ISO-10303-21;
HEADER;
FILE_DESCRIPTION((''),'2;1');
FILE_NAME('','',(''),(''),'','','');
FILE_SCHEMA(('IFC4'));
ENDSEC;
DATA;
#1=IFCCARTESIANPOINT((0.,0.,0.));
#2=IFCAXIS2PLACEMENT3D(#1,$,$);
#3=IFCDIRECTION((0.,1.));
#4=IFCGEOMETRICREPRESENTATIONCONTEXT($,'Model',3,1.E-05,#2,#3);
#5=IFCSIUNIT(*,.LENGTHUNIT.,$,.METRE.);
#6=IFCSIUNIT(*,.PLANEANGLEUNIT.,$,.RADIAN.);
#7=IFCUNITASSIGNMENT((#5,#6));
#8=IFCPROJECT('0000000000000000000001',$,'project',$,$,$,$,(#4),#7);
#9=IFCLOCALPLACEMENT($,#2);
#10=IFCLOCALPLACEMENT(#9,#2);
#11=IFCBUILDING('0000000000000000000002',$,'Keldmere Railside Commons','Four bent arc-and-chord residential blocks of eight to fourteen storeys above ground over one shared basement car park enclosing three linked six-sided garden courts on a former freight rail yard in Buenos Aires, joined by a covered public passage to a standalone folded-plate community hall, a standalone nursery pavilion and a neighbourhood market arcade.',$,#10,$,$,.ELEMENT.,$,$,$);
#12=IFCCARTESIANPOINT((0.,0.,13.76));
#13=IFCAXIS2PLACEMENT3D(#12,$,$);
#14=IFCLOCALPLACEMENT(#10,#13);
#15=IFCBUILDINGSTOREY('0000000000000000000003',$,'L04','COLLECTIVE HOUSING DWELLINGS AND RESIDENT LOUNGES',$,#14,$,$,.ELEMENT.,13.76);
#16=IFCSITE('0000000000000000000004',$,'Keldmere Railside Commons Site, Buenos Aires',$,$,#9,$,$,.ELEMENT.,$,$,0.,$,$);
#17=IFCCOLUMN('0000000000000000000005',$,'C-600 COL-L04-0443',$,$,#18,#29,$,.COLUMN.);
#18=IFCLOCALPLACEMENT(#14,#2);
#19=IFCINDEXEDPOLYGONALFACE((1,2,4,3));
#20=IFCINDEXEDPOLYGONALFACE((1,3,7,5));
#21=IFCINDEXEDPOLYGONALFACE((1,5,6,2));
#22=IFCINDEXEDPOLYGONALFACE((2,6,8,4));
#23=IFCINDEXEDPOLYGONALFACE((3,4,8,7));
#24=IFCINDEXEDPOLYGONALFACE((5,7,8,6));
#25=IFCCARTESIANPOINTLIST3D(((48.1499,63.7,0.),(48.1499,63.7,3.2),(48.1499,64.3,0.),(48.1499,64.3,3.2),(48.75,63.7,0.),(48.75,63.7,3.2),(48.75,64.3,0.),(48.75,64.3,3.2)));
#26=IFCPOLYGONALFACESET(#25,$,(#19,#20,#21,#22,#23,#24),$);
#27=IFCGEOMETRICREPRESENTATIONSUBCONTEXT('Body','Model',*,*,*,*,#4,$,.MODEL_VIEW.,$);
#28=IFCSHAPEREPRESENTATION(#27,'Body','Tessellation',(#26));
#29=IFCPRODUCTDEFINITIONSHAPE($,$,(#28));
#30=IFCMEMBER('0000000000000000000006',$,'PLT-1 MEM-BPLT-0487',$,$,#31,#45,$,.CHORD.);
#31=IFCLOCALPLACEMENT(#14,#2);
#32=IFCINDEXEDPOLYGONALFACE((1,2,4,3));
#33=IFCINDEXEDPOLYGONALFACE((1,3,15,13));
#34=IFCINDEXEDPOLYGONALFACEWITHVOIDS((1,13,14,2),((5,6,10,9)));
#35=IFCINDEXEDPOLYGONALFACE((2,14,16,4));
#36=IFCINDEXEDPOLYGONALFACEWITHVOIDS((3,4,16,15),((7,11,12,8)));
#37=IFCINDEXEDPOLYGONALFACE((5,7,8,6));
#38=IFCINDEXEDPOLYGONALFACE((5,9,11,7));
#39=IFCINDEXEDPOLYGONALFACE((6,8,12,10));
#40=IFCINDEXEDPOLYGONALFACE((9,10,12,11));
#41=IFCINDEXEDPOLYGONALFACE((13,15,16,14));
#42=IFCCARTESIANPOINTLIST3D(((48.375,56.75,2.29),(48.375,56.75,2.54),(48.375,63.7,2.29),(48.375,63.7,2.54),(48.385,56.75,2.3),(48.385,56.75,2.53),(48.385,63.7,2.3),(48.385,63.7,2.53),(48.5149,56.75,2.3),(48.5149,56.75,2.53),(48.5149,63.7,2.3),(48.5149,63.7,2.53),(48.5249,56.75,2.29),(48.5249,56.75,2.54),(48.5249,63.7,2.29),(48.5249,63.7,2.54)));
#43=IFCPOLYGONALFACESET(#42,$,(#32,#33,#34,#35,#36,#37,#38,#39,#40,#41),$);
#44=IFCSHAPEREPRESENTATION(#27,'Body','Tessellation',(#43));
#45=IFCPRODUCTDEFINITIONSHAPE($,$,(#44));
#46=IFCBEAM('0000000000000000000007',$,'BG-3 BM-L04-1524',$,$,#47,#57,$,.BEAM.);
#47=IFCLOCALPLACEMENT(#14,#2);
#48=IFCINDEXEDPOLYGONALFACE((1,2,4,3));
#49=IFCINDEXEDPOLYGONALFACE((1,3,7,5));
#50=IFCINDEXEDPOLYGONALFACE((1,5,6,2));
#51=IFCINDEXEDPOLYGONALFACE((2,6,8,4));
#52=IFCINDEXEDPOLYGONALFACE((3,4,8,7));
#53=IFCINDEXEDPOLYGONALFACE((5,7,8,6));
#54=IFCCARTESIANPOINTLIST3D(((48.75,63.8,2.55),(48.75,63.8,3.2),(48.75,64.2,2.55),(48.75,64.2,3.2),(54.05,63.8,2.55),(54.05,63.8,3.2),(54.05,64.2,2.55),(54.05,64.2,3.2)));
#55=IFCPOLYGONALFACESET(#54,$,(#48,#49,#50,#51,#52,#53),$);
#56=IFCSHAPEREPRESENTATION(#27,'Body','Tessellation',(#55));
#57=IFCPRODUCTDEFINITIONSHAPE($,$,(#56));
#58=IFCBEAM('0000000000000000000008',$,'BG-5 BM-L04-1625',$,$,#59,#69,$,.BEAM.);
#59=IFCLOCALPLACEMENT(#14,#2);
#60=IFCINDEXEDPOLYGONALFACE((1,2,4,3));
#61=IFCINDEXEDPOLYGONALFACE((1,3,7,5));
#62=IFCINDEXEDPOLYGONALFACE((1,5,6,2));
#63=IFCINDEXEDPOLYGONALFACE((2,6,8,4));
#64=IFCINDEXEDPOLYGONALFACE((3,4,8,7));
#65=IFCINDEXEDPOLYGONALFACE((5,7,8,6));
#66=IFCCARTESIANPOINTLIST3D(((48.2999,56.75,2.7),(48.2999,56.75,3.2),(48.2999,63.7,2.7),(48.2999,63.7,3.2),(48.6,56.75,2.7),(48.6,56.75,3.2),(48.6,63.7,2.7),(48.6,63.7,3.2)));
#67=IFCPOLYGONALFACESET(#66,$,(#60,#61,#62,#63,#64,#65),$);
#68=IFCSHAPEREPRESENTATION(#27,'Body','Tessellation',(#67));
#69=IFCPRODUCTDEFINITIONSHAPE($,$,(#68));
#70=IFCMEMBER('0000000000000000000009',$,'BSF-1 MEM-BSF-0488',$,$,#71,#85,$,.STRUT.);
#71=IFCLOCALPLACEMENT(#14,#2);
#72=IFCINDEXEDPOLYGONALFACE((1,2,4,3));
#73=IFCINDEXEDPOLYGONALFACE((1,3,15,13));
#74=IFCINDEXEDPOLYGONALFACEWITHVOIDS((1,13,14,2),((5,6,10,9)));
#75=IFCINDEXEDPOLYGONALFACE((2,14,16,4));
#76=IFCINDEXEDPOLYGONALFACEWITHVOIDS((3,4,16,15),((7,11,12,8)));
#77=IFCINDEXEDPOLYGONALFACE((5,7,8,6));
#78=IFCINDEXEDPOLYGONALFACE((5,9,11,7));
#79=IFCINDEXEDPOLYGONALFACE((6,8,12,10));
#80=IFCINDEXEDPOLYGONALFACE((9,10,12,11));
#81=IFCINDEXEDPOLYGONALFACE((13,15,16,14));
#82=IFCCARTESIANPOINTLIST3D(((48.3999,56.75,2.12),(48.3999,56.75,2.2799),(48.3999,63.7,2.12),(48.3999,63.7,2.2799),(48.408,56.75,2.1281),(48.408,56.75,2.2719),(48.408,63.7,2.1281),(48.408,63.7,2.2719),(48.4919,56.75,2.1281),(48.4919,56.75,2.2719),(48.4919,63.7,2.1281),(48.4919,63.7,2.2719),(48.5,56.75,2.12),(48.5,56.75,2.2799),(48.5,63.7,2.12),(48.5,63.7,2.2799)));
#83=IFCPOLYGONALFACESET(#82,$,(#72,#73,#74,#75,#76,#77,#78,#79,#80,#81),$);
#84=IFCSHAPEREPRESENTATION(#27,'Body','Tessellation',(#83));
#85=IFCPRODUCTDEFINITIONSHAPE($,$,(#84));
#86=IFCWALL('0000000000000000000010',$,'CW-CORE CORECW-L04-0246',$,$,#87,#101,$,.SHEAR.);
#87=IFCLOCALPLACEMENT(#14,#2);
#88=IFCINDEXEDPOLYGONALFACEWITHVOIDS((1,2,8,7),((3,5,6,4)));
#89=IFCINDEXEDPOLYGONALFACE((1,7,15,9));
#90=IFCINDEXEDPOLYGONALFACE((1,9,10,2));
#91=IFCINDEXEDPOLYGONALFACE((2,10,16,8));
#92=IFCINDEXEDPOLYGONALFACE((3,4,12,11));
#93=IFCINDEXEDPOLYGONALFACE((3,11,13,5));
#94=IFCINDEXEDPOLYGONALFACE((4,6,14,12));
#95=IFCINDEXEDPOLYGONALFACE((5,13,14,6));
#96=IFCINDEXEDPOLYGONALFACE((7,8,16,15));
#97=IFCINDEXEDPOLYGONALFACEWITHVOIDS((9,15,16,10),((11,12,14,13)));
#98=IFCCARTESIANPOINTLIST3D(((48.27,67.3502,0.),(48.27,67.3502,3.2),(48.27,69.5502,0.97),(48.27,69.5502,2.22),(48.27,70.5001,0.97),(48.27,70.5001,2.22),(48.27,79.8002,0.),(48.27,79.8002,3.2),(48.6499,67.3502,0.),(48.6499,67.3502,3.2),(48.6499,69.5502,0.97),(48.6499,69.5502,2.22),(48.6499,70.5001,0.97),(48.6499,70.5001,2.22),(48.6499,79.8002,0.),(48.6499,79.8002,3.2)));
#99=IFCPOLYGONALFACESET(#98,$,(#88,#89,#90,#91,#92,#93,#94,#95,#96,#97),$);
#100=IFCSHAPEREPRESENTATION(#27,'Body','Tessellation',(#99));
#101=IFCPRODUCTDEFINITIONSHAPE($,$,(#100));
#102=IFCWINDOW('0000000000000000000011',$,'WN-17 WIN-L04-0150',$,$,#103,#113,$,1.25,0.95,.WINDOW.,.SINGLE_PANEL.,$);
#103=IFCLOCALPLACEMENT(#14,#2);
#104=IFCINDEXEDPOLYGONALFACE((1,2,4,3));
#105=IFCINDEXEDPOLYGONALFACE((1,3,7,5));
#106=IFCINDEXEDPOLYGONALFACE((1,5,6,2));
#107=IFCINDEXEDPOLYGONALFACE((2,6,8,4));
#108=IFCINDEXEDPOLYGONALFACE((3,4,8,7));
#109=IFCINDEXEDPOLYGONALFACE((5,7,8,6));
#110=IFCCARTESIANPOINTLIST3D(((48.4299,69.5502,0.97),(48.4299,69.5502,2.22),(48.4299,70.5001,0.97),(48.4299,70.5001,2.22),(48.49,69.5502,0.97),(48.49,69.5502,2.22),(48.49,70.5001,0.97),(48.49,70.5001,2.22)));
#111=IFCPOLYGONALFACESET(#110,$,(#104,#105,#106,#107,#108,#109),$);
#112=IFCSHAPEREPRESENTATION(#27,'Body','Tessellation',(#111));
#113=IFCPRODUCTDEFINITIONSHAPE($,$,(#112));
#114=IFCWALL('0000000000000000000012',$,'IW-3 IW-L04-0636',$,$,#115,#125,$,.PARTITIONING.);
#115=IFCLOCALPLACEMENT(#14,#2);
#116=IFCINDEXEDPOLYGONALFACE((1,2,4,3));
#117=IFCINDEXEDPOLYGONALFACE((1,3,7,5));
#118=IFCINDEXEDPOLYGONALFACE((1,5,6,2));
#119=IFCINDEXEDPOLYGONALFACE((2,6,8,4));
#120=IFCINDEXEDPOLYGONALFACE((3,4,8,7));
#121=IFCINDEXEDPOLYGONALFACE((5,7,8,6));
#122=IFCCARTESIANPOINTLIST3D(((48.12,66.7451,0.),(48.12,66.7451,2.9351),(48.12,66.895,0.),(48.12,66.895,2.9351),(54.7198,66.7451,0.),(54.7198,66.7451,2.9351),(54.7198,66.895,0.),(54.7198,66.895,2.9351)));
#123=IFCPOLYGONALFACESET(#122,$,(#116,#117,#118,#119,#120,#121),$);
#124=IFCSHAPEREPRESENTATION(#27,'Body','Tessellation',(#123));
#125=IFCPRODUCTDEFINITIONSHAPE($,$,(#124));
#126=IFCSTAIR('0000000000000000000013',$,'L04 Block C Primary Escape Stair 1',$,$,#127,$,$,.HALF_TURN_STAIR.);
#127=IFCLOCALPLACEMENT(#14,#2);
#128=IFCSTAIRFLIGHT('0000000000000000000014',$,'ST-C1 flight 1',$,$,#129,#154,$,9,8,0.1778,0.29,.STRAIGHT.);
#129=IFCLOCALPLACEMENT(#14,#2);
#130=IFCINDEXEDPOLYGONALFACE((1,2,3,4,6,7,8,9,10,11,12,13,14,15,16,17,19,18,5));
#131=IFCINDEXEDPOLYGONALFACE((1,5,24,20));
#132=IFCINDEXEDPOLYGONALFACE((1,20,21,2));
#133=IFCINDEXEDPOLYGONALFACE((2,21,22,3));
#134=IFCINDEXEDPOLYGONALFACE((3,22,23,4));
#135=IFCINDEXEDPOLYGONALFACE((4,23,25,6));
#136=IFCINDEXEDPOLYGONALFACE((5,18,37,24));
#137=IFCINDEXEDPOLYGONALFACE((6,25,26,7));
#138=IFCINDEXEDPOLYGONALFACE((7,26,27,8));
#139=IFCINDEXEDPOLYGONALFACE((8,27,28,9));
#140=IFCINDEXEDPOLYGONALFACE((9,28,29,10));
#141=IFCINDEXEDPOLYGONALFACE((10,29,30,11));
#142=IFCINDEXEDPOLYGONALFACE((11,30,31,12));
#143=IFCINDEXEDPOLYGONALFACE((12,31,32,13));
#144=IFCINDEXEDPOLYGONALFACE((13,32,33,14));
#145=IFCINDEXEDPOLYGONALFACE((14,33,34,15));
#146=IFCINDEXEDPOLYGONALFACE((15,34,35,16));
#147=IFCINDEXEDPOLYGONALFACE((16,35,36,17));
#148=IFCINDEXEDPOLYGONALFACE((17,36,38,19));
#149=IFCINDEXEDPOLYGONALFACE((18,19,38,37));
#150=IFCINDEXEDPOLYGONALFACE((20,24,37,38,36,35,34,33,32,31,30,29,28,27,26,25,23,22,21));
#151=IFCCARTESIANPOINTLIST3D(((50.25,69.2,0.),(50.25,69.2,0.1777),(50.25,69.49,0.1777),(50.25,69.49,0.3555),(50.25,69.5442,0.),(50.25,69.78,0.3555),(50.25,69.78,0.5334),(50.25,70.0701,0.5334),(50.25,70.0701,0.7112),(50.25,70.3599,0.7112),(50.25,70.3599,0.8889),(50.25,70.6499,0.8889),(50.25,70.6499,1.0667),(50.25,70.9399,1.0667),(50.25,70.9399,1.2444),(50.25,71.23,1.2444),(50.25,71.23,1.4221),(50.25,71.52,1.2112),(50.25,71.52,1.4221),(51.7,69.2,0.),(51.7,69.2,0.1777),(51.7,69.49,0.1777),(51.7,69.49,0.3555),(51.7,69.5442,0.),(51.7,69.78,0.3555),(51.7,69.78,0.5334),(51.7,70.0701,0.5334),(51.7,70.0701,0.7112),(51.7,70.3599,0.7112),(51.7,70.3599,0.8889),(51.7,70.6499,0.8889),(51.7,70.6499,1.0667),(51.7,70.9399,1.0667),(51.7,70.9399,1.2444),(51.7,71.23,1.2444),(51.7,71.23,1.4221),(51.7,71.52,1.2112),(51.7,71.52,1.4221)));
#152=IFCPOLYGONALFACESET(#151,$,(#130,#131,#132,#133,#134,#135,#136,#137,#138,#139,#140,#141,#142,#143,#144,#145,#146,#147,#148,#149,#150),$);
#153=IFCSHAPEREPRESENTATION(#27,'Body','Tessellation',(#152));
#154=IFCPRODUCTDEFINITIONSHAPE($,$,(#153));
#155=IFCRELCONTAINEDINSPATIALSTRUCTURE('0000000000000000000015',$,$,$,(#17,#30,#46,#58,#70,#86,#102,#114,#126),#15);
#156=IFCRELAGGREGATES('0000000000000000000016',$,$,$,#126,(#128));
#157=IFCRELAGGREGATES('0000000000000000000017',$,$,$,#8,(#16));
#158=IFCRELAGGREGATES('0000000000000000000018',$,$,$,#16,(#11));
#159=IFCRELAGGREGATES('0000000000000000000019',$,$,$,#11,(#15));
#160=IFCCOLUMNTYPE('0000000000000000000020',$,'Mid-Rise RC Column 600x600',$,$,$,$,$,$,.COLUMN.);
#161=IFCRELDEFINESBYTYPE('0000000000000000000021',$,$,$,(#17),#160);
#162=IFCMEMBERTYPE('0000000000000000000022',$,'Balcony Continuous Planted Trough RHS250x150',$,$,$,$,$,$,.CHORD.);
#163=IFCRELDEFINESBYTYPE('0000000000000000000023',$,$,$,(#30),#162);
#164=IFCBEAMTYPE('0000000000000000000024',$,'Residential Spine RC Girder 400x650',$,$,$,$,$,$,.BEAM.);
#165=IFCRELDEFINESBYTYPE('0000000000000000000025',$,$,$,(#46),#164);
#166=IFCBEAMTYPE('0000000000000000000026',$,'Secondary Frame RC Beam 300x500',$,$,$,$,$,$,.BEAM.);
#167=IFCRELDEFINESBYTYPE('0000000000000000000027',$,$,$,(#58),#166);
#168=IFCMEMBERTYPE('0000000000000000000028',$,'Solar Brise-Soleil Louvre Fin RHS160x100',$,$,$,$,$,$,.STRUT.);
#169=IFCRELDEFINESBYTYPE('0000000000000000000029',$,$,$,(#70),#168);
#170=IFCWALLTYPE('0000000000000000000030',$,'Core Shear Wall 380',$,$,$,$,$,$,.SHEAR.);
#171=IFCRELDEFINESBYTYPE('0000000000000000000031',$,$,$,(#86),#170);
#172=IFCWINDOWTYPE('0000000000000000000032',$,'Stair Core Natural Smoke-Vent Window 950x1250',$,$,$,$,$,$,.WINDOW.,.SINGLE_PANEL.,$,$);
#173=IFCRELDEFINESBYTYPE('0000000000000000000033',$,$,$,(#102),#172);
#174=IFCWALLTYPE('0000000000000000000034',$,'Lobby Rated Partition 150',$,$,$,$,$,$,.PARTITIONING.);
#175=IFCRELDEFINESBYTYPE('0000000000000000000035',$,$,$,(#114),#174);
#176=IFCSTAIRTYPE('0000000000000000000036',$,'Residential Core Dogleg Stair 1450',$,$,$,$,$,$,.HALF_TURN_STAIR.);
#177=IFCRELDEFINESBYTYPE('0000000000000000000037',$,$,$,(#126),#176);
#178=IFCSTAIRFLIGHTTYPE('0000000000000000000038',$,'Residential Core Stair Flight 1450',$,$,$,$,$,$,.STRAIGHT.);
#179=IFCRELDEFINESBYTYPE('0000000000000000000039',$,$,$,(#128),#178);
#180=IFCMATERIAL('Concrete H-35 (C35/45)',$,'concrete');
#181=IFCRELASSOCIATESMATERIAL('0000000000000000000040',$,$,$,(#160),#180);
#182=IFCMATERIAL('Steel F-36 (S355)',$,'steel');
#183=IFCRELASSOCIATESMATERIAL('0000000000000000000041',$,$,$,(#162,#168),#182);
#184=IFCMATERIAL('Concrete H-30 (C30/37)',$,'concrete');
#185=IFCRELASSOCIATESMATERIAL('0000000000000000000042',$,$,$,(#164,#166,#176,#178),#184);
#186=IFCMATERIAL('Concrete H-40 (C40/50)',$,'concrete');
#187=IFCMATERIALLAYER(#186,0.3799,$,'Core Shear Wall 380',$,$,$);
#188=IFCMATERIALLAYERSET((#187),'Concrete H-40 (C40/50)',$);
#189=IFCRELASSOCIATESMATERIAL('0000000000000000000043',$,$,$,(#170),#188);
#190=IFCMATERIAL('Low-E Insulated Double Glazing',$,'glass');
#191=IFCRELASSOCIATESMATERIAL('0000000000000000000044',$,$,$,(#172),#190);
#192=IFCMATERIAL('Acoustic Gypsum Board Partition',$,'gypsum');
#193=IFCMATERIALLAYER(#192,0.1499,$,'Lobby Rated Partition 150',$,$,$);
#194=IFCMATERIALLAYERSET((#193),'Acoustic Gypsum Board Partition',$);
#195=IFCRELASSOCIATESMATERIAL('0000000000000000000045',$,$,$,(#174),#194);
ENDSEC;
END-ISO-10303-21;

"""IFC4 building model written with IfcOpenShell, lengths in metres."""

from ifc_helpers import new_model, si_unit, direction, frame, frame_2d, origin, origin_2d, place, context, subcontext, project, spatial, polyline, rectangle, hollow_rectangle, outline, extrude, material, layer, layer_set, material_profile, profile_set, type_object, element, fill, aggregate, save


model = new_model("IFC4")

# Units and contexts
model_context = context("Model", 3, precision=1e-05, world=origin(), true_north=direction((0.0, 1.0)))
body_context = subcontext(model_context, "Body", "Model", "MODEL_VIEW")
ifc_project = project(units=[si_unit("LENGTHUNIT", "METRE"), si_unit("PLANEANGLEUNIT", "RADIAN")], contexts=[model_context])

# Site, building, storey
site_placement = place(None, origin())
site = spatial("IfcSite", under=ifc_project, at=site_placement, Name="Keldmere Railside Commons Site, Buenos Aires", CompositionType="ELEMENT", RefElevation=0.0)
building_placement = place(site_placement, origin())
building = spatial("IfcBuilding", under=site, at=building_placement, Name="Keldmere Railside Commons", Description="Four bent arc-and-chord residential blocks of eight to fourteen storeys above ground over one shared basement car park enclosing three linked six-sided garden courts on a former freight rail yard in Buenos Aires, joined by a covered public passage to a standalone folded-plate community hall, a standalone nursery pavilion and a neighbourhood market arcade.", CompositionType="ELEMENT")
storey_placement = place(building_placement, frame((0.0, 0.0, 13.76)))
storey = spatial("IfcBuildingStorey", under=building, at=storey_placement, Name="L04", Description="COLLECTIVE HOUSING DWELLINGS AND RESIDENT LOUNGES", CompositionType="ELEMENT", Elevation=13.76)

# Column
ifc_material_1 = material(Name="Concrete H-35 (C35/45)", Category="concrete")
ifc_material_profile_1 = material_profile(ifc_material_1, rectangle(XDim=0.6001, YDim=0.6001, at=origin_2d()), Name="RC-600x600")
ifc_profile_set_1 = profile_set([ifc_material_profile_1], Name="Concrete H-35 (C35/45)")
column_type = type_object("IfcColumnType", Name="Mid-Rise RC Column 600x600", PredefinedType="COLUMN", material=ifc_profile_set_1)
column_placement = place(storey_placement, frame((48.45, 64.0, 0.0), z_axis=(0.0, 0.0, 1.0), x_axis=(1.0, 0.0, 0.0)))
element("IfcColumn", 1, at=column_placement, inside=storey, type_object=column_type, Name="C-600 COL-L04-0443", PredefinedType="COLUMN", context=body_context, shape_type="SweptSolid", body=[
    extrude(rectangle(XDim=0.6001, YDim=0.6001, at=origin_2d()), origin(), (0.0, 0.0, 1.0), 3.2),
])

# Member
ifc_material_2 = material(Name="Steel F-36 (S355)", Category="steel")
ifc_material_profile_2 = material_profile(ifc_material_2, hollow_rectangle(XDim=0.1499, YDim=0.25, WallThickness=0.01, at=origin_2d()), Name="RHS-250x150x10")
ifc_profile_set_2 = profile_set([ifc_material_profile_2], Name="Steel F-36 (S355)")
member_type_1 = type_object("IfcMemberType", Name="Balcony Continuous Planted Trough RHS250x150", PredefinedType="CHORD", material=ifc_profile_set_2)
member_1_placement = place(storey_placement, frame((48.45, 56.75, 2.415), z_axis=(0.0, 1.0, 0.0), x_axis=(-1.0, 0.0, 0.0)))
element("IfcMember", 2, at=member_1_placement, inside=storey, type_object=member_type_1, Name="PLT-1 MEM-BPLT-0487", PredefinedType="CHORD", context=body_context, shape_type="SweptSolid", body=[
    extrude(hollow_rectangle(XDim=0.1499, YDim=0.25, WallThickness=0.01, at=origin_2d()), origin(), (0.0, 0.0, 1.0), 6.95),
])

# Beams
ifc_material_3 = material(Name="Concrete H-30 (C30/37)", Category="concrete")
ifc_material_profile_3 = material_profile(ifc_material_3, rectangle(XDim=0.3999, YDim=0.6499, at=origin_2d()), Name="RC-400x650")
ifc_profile_set_3 = profile_set([ifc_material_profile_3], Name="Concrete H-30 (C30/37)")
beam_type_1 = type_object("IfcBeamType", Name="Residential Spine RC Girder 400x650", PredefinedType="BEAM", material=ifc_profile_set_3)
beam_1_placement = place(storey_placement, frame((48.75, 64.0, 2.875), z_axis=(1.0, 0.0, 0.0), x_axis=(0.0, 1.0, 0.0)))
element("IfcBeam", 3, at=beam_1_placement, inside=storey, type_object=beam_type_1, Name="BG-3 BM-L04-1524", PredefinedType="BEAM", context=body_context, shape_type="SweptSolid", body=[
    extrude(rectangle(XDim=0.3999, YDim=0.6499, at=origin_2d()), origin(), (0.0, 0.0, 1.0), 5.3),
])
ifc_material_profile_4 = material_profile(ifc_material_3, rectangle(XDim=0.3, YDim=0.5, at=origin_2d()), Name="RC-300x500")
ifc_profile_set_4 = profile_set([ifc_material_profile_4], Name="Concrete H-30 (C30/37)")
beam_type_2 = type_object("IfcBeamType", Name="Secondary Frame RC Beam 300x500", PredefinedType="BEAM", material=ifc_profile_set_4)
beam_2_placement = place(storey_placement, frame((48.45, 56.75, 2.95), z_axis=(0.0, 1.0, 0.0), x_axis=(-1.0, 0.0, 0.0)))
element("IfcBeam", 4, at=beam_2_placement, inside=storey, type_object=beam_type_2, Name="BG-5 BM-L04-1625", PredefinedType="BEAM", context=body_context, shape_type="SweptSolid", body=[
    extrude(rectangle(XDim=0.3, YDim=0.5, at=origin_2d()), origin(), (0.0, 0.0, 1.0), 6.95),
])

# Member
ifc_material_profile_5 = material_profile(ifc_material_2, hollow_rectangle(XDim=0.1001, YDim=0.1599, WallThickness=0.0081, at=origin_2d()), Name="RHS-160x100x8")
ifc_profile_set_5 = profile_set([ifc_material_profile_5], Name="Steel F-36 (S355)")
member_type_2 = type_object("IfcMemberType", Name="Solar Brise-Soleil Louvre Fin RHS160x100", PredefinedType="STRUT", material=ifc_profile_set_5)
member_2_placement = place(storey_placement, frame((48.45, 56.75, 2.2), z_axis=(0.0, 1.0, 0.0), x_axis=(-1.0, 0.0, 0.0)))
element("IfcMember", 5, at=member_2_placement, inside=storey, type_object=member_type_2, Name="BSF-1 MEM-BSF-0488", PredefinedType="STRUT", context=body_context, shape_type="SweptSolid", body=[
    extrude(hollow_rectangle(XDim=0.1001, YDim=0.1599, WallThickness=0.0081, at=origin_2d()), origin(), (0.0, 0.0, 1.0), 6.95),
])

# Wall, opening, window
ifc_material_4 = material(Name="Concrete H-40 (C40/50)", Category="concrete")
ifc_layer_1 = layer(ifc_material_4, 0.3799, Name="Core Shear Wall 380")
ifc_layer_set_1 = layer_set([ifc_layer_1], Name="Concrete H-40 (C40/50)")
wall_type_1 = type_object("IfcWallType", Name="Core Shear Wall 380", PredefinedType="SHEAR", material=ifc_layer_set_1)
wall_1_placement = place(storey_placement, frame((48.46, 67.3501, 0.0), z_axis=(0.0, 0.0, 1.0), x_axis=(0.0, 1.0, 0.0)))
wall_1 = element("IfcWall", 6, at=wall_1_placement, inside=storey, type_object=wall_type_1, Name="CW-CORE CORECW-L04-0246", PredefinedType="SHEAR", context=body_context, shape_type="SweptSolid", body=[
    extrude(rectangle(XDim=12.45, YDim=0.3799, at=frame_2d((6.2251, 0.0))), origin(), (0.0, 0.0, 1.0), 3.2),
])
opening_placement = place(wall_1_placement, frame((2.2, 0.0, 0.97)))
opening = element("IfcOpeningElement", 7, at=opening_placement, cuts=wall_1, PredefinedType="OPENING", context=body_context, shape_type="SweptSolid", body=[
    extrude(rectangle(XDim=0.95, YDim=1.25, at=frame_2d((0.4751, 0.625))), frame((0.0, 0.2, 0.0), z_axis=(0.0, -1.0, 0.0), x_axis=(1.0, 0.0, 0.0)), (0.0, 0.0, 1.0), 0.3999),
])
ifc_material_5 = material(Name="Low-E Insulated Double Glazing", Category="glass")
window_type = type_object("IfcWindowType", Name="Stair Core Natural Smoke-Vent Window 950x1250", PartitioningType="SINGLE_PANEL", PredefinedType="WINDOW", material=ifc_material_5)
window_placement = place(opening_placement, origin())
window = element("IfcWindow", 8, at=window_placement, inside=storey, type_object=window_type, Name="WN-17 WIN-L04-0150", OverallHeight=1.25, OverallWidth=0.95, PartitioningType="SINGLE_PANEL", PredefinedType="WINDOW", context=body_context, shape_type="SweptSolid", body=[
    extrude(rectangle(XDim=0.95, YDim=1.25, at=frame_2d((0.4751, 0.625))), frame((0.0, 0.03, 0.0), z_axis=(0.0, -1.0, 0.0), x_axis=(1.0, 0.0, 0.0)), (0.0, 0.0, 1.0), 0.0601),
])
fill(opening, window)

# Wall
ifc_material_6 = material(Name="Acoustic Gypsum Board Partition", Category="gypsum")
ifc_layer_2 = layer(ifc_material_6, 0.1499, Name="Lobby Rated Partition 150")
ifc_layer_set_2 = layer_set([ifc_layer_2], Name="Acoustic Gypsum Board Partition")
wall_type_2 = type_object("IfcWallType", Name="Lobby Rated Partition 150", PredefinedType="PARTITIONING", material=ifc_layer_set_2)
wall_2_placement = place(storey_placement, frame((48.1201, 66.8201, 0.0), z_axis=(0.0, 0.0, 1.0), x_axis=(1.0, 0.0, 0.0)))
element("IfcWall", 9, at=wall_2_placement, inside=storey, type_object=wall_type_2, Name="IW-3 IW-L04-0636", PredefinedType="PARTITIONING", context=body_context, shape_type="SweptSolid", body=[
    extrude(rectangle(XDim=6.5999, YDim=0.1499, at=frame_2d((3.2998, 0.0))), origin(), (0.0, 0.0, 1.0), 2.9351),
])

# Stair, stair flight
stair_type = type_object("IfcStairType", Name="Residential Core Dogleg Stair 1450", PredefinedType="HALF_TURN_STAIR", material=ifc_material_3)
stair_placement = place(storey_placement, origin())
stair = element("IfcStair", 10, at=stair_placement, inside=storey, type_object=stair_type, Name="L04 Block C Primary Escape Stair 1", PredefinedType="HALF_TURN_STAIR")
stair_flight_type = type_object("IfcStairFlightType", Name="Residential Core Stair Flight 1450", PredefinedType="STRAIGHT", material=ifc_material_3)
stair_flight_placement = place(storey_placement, frame((50.9751, 69.2, 0.0), z_axis=(0.0, 0.0, 1.0), x_axis=(0.0, 1.0, 0.0)))
stair_flight = element("IfcStairFlight", 11, at=stair_flight_placement, type_object=stair_flight_type, Name="ST-C1 flight 1", NumberOfRisers=9, NumberOfTreads=8, PredefinedType="STRAIGHT", RiserHeight=0.1778, TreadLength=0.29, context=body_context, shape_type="SweptSolid", body=[
    extrude(outline(polyline([(0.0, 0.0), (0.0, 0.1777), (0.29, 0.1777), (0.29, 0.3555), (0.5801, 0.3555), (0.5801, 0.5334), (0.8701, 0.5334), (0.8701, 0.7112), (1.1599, 0.7112), (1.1599, 0.8889), (1.45, 0.8889), (1.45, 1.0667), (1.74, 1.0667), (1.74, 1.2444), (2.03, 1.2444), (2.03, 1.4221), (2.3201, 1.4221), (2.3201, 1.6001), (2.3201, 1.2112), (0.3442, 0.0), (0.0, 0.0)])), frame((0.0, 0.7251, 0.0), z_axis=(0.0, -1.0, 0.0), x_axis=(1.0, 0.0, 0.0)), (0.0, 0.0, 1.0), 1.45),
])
aggregate(stair, [stair_flight])

save(model, "model.ifc")
